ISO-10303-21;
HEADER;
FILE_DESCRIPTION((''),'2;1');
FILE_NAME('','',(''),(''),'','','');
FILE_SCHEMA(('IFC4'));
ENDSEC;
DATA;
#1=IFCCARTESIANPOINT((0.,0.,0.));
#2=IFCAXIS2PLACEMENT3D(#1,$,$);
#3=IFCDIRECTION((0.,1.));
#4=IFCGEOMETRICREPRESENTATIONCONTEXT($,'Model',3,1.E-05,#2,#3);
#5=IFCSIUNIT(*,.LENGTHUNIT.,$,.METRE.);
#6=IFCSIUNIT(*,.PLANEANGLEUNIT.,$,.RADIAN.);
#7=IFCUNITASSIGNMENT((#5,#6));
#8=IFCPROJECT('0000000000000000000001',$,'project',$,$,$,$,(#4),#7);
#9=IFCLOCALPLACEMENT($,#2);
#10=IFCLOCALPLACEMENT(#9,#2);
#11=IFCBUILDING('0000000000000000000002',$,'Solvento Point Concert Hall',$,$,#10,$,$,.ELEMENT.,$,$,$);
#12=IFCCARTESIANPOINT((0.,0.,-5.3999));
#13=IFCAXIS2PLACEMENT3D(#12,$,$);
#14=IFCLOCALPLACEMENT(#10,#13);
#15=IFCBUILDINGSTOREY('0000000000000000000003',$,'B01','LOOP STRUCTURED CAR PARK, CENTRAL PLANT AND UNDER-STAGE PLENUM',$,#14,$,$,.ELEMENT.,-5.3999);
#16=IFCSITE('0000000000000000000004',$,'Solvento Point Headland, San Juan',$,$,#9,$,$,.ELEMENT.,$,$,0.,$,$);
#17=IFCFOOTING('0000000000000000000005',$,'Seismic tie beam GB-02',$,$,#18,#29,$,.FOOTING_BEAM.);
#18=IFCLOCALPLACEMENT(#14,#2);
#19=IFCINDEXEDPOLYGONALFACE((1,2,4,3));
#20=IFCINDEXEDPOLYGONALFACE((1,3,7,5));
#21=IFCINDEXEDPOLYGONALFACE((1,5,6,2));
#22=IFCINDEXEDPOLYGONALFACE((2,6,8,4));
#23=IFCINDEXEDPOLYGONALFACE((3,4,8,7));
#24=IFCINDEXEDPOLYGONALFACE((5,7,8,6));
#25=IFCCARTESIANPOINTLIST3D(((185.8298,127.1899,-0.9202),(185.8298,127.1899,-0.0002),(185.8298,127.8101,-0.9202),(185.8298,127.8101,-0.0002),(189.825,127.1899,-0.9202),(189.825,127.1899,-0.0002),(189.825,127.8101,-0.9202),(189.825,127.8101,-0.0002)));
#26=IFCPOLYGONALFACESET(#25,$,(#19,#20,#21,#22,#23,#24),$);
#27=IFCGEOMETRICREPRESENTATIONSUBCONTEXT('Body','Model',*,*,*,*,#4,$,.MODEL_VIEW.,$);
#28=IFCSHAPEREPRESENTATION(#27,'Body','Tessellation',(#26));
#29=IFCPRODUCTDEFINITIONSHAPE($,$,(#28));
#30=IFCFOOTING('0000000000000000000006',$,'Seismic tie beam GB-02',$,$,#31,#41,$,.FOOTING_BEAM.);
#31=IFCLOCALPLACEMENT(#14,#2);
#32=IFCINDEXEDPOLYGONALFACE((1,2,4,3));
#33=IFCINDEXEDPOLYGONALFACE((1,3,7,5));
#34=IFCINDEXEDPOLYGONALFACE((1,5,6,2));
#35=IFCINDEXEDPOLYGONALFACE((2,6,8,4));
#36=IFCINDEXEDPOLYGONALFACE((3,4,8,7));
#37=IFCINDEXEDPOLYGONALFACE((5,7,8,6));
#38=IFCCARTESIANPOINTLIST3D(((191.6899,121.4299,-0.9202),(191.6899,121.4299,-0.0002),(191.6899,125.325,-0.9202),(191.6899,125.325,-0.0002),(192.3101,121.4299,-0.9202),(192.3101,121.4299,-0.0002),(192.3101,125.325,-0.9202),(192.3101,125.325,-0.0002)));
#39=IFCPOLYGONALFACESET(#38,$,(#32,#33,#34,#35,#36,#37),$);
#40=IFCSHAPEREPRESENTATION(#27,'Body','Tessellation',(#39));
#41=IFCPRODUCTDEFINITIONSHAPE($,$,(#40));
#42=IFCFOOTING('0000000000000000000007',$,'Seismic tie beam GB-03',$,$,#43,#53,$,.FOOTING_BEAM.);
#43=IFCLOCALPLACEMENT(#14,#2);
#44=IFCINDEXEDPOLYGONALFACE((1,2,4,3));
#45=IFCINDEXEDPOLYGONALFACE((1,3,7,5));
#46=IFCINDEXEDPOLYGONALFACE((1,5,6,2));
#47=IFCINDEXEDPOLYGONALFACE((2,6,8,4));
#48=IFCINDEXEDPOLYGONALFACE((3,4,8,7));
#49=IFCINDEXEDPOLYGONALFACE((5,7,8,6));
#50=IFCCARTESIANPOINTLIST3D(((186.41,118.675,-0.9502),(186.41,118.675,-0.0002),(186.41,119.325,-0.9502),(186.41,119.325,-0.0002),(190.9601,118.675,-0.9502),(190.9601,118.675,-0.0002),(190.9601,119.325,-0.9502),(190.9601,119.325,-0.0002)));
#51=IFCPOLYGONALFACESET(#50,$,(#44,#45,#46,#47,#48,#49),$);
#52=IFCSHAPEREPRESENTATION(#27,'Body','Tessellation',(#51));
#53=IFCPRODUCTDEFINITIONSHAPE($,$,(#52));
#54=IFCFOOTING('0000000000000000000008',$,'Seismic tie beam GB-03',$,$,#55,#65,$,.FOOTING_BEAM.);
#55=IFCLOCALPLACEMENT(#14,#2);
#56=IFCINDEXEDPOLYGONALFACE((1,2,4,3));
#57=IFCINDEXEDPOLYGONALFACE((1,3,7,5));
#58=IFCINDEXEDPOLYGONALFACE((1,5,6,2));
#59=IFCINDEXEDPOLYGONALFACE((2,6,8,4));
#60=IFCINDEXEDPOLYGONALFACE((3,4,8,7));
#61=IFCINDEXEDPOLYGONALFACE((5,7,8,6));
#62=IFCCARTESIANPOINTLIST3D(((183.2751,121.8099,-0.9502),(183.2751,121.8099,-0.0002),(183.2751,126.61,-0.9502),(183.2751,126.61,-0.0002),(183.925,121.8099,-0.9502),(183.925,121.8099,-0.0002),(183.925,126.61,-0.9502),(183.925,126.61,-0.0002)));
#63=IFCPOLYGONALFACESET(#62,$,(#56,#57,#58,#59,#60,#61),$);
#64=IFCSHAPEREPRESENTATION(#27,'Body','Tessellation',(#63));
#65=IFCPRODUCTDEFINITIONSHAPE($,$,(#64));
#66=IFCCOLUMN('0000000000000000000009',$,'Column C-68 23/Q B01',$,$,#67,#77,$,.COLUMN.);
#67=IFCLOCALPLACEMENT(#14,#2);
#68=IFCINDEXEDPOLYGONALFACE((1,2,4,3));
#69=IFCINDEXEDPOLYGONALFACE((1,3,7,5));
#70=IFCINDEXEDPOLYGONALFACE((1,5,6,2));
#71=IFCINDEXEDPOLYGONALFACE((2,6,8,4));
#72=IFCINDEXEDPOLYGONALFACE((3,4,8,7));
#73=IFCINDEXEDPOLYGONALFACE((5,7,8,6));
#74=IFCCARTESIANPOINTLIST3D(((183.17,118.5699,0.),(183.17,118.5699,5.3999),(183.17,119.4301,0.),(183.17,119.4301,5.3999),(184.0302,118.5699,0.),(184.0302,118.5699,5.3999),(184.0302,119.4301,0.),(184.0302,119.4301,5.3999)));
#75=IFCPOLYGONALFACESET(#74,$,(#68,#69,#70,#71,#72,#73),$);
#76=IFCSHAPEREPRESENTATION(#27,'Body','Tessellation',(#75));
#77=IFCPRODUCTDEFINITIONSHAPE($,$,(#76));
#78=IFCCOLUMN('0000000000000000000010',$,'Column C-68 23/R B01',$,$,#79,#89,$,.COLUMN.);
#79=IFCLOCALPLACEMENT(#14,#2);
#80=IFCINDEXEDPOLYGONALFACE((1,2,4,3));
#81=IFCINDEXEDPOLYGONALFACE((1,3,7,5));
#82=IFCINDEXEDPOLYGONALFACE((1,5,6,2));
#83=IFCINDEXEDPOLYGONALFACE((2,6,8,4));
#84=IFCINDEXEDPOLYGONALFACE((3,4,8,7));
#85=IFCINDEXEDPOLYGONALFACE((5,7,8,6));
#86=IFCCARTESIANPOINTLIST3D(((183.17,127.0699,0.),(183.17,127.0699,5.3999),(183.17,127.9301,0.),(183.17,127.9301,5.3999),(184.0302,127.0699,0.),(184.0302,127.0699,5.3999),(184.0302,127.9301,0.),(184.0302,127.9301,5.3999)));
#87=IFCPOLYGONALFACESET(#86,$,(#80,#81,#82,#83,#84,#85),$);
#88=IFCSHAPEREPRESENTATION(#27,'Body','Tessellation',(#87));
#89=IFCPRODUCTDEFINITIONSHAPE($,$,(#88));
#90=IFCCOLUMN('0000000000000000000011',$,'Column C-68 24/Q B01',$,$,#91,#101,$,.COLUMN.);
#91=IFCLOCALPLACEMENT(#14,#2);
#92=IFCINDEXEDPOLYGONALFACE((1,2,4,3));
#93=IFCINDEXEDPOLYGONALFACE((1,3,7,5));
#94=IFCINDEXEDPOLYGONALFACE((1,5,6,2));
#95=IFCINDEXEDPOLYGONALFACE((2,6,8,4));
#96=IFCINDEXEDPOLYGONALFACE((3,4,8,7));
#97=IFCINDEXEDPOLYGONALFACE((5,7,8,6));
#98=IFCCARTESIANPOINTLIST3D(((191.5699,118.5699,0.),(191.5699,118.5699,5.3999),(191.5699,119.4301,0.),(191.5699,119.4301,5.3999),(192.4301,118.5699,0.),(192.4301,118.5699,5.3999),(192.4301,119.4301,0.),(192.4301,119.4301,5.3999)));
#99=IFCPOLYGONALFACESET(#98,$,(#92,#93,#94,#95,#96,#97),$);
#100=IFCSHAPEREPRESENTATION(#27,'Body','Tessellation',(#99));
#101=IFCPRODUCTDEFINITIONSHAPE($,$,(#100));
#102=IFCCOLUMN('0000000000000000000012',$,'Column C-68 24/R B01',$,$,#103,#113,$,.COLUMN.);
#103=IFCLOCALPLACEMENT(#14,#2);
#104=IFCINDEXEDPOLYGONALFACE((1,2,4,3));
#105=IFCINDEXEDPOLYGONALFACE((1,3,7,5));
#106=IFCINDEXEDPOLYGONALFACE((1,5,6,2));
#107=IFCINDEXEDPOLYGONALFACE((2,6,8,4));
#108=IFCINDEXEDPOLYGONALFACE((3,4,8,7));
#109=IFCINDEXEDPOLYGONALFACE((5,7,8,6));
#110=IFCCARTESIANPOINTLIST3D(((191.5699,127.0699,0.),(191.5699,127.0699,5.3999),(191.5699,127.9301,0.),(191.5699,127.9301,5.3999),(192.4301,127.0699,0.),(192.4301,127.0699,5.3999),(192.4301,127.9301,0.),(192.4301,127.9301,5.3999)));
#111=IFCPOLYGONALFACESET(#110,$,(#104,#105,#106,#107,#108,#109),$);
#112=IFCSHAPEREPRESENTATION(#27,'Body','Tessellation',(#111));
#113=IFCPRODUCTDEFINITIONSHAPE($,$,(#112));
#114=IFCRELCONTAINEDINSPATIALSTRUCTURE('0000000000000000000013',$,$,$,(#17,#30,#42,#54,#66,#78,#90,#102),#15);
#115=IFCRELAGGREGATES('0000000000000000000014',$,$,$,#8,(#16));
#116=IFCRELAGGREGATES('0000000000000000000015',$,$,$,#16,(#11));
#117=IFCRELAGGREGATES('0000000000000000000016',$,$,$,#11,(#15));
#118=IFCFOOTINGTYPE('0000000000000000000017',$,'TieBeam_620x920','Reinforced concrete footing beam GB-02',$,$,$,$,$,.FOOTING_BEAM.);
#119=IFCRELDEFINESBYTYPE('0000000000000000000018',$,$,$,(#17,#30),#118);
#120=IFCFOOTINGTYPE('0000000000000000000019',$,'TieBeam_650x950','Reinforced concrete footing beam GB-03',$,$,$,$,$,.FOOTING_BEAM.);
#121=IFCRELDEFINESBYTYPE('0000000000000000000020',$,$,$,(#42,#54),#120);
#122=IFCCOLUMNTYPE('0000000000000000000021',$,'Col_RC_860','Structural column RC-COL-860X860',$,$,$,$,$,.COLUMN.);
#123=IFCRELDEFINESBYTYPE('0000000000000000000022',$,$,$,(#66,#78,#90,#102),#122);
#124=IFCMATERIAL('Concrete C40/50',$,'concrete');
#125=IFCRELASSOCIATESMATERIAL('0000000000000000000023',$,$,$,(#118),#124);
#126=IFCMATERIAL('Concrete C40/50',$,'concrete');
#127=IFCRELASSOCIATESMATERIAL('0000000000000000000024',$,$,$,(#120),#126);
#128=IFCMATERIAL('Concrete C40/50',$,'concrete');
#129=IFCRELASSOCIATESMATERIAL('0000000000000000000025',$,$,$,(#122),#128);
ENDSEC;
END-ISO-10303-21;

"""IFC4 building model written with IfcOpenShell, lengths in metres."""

from ifc_helpers import new_model, si_unit, direction, frame, origin, origin_2d, place, context, subcontext, project, spatial, rectangle, extrude, material, material_profile, profile_set, type_object, element, save


model = new_model("IFC4")

# Units and contexts
model_context = context("Model", 3, precision=1e-05, world=origin(), true_north=direction((0.0, 1.0)))
body_context = subcontext(model_context, "Body", "Model", "MODEL_VIEW")
ifc_project = project(units=[si_unit("LENGTHUNIT", "METRE"), si_unit("PLANEANGLEUNIT", "RADIAN")], contexts=[model_context])

# Site, building, storey
site_placement = place(None, origin())
site = spatial("IfcSite", under=ifc_project, at=site_placement, Name="Solvento Point Headland, San Juan", CompositionType="ELEMENT", RefElevation=0.0)
building_placement = place(site_placement, origin())
building = spatial("IfcBuilding", under=site, at=building_placement, Name="Solvento Point Concert Hall", CompositionType="ELEMENT")
storey_placement = place(building_placement, frame((0.0, 0.0, -5.3999)))
storey = spatial("IfcBuildingStorey", under=building, at=storey_placement, Name="B01", Description="LOOP STRUCTURED CAR PARK, CENTRAL PLANT AND UNDER-STAGE PLENUM", CompositionType="ELEMENT", Elevation=-5.3999)

# Footings
ifc_material_1 = material(Name="Concrete C40/50", Category="concrete")
footing_type_1 = type_object("IfcFootingType", Name="TieBeam_620x920", Description="Reinforced concrete footing beam GB-02", PredefinedType="FOOTING_BEAM", material=ifc_material_1)
footing_1_placement = place(storey_placement, frame((187.8274, 127.5, -0.9202), z_axis=(0.0, 0.0, 1.0), x_axis=(1.0, 0.0, 0.0)))
element("IfcFooting", 1, at=footing_1_placement, inside=storey, type_object=footing_type_1, Name="Seismic tie beam GB-02", PredefinedType="FOOTING_BEAM", context=body_context, shape_type="SweptSolid", body=[
    extrude(rectangle(XDim=3.9951, YDim=0.6201, at=origin_2d()), origin(), (0.0, 0.0, 1.0), 0.9199),
])
footing_2_placement = place(storey_placement, frame((192.0, 123.3774, -0.9202), z_axis=(0.0, 0.0, 1.0), x_axis=(0.0, 1.0, 0.0)))
element("IfcFooting", 2, at=footing_2_placement, inside=storey, type_object=footing_type_1, Name="Seismic tie beam GB-02", PredefinedType="FOOTING_BEAM", context=body_context, shape_type="SweptSolid", body=[
    extrude(rectangle(XDim=3.895, YDim=0.6201, at=origin_2d()), origin(), (0.0, 0.0, 1.0), 0.9199),
])
ifc_material_2 = material(Name="Concrete C40/50", Category="concrete")
footing_type_2 = type_object("IfcFootingType", Name="TieBeam_650x950", Description="Reinforced concrete footing beam GB-03", PredefinedType="FOOTING_BEAM", material=ifc_material_2)
footing_3_placement = place(storey_placement, frame((188.6851, 119.0, -0.9502), z_axis=(0.0, 0.0, 1.0), x_axis=(1.0, 0.0, 0.0)))
element("IfcFooting", 3, at=footing_3_placement, inside=storey, type_object=footing_type_2, Name="Seismic tie beam GB-03", PredefinedType="FOOTING_BEAM", context=body_context, shape_type="SweptSolid", body=[
    extrude(rectangle(XDim=4.55, YDim=0.6499, at=origin_2d()), origin(), (0.0, 0.0, 1.0), 0.95),
])
footing_4_placement = place(storey_placement, frame((183.6001, 124.21, -0.9502), z_axis=(0.0, 0.0, 1.0), x_axis=(0.0, 1.0, 0.0)))
element("IfcFooting", 4, at=footing_4_placement, inside=storey, type_object=footing_type_2, Name="Seismic tie beam GB-03", PredefinedType="FOOTING_BEAM", context=body_context, shape_type="SweptSolid", body=[
    extrude(rectangle(XDim=4.8, YDim=0.6499, at=origin_2d()), origin(), (0.0, 0.0, 1.0), 0.95),
])

# Columns
ifc_material_3 = material(Name="Concrete C40/50", Category="concrete")
ifc_material_profile_1 = material_profile(ifc_material_3, rectangle(XDim=0.8601, YDim=0.8601, at=origin_2d()), Name="RC-COL-860X860")
ifc_profile_set_1 = profile_set([ifc_material_profile_1], Name="Concrete C40/50")
column_type = type_object("IfcColumnType", Name="Col_RC_860", Description="Structural column RC-COL-860X860", PredefinedType="COLUMN", material=ifc_profile_set_1)
for number, where, z_axis, x_axis, name in (
    (5, (183.6001, 119.0, 0.0), (0.0, 0.0, 1.0), (1.0, 0.0, 0.0), "Column C-68 23/Q B01"),
    (6, (183.6001, 127.5, 0.0), (0.0, 0.0, 1.0), (1.0, 0.0, 0.0), "Column C-68 23/R B01"),
    (7, (192.0, 119.0, 0.0), (0.0, 0.0, 1.0), (1.0, 0.0, 0.0), "Column C-68 24/Q B01"),
    (8, (192.0, 127.5, 0.0), (0.0, 0.0, 1.0), (1.0, 0.0, 0.0), "Column C-68 24/R B01"),
):
    element("IfcColumn", number, at=place(storey_placement, frame(where, z_axis=z_axis, x_axis=x_axis)), inside=storey, type_object=column_type, Name=name, PredefinedType="COLUMN", context=body_context, shape_type="SweptSolid", body=[
        extrude(rectangle(XDim=0.8601, YDim=0.8601, at=origin_2d()), origin(), (0.0, 0.0, 1.0), 5.3999),
    ])

save(model, "model.ifc")
